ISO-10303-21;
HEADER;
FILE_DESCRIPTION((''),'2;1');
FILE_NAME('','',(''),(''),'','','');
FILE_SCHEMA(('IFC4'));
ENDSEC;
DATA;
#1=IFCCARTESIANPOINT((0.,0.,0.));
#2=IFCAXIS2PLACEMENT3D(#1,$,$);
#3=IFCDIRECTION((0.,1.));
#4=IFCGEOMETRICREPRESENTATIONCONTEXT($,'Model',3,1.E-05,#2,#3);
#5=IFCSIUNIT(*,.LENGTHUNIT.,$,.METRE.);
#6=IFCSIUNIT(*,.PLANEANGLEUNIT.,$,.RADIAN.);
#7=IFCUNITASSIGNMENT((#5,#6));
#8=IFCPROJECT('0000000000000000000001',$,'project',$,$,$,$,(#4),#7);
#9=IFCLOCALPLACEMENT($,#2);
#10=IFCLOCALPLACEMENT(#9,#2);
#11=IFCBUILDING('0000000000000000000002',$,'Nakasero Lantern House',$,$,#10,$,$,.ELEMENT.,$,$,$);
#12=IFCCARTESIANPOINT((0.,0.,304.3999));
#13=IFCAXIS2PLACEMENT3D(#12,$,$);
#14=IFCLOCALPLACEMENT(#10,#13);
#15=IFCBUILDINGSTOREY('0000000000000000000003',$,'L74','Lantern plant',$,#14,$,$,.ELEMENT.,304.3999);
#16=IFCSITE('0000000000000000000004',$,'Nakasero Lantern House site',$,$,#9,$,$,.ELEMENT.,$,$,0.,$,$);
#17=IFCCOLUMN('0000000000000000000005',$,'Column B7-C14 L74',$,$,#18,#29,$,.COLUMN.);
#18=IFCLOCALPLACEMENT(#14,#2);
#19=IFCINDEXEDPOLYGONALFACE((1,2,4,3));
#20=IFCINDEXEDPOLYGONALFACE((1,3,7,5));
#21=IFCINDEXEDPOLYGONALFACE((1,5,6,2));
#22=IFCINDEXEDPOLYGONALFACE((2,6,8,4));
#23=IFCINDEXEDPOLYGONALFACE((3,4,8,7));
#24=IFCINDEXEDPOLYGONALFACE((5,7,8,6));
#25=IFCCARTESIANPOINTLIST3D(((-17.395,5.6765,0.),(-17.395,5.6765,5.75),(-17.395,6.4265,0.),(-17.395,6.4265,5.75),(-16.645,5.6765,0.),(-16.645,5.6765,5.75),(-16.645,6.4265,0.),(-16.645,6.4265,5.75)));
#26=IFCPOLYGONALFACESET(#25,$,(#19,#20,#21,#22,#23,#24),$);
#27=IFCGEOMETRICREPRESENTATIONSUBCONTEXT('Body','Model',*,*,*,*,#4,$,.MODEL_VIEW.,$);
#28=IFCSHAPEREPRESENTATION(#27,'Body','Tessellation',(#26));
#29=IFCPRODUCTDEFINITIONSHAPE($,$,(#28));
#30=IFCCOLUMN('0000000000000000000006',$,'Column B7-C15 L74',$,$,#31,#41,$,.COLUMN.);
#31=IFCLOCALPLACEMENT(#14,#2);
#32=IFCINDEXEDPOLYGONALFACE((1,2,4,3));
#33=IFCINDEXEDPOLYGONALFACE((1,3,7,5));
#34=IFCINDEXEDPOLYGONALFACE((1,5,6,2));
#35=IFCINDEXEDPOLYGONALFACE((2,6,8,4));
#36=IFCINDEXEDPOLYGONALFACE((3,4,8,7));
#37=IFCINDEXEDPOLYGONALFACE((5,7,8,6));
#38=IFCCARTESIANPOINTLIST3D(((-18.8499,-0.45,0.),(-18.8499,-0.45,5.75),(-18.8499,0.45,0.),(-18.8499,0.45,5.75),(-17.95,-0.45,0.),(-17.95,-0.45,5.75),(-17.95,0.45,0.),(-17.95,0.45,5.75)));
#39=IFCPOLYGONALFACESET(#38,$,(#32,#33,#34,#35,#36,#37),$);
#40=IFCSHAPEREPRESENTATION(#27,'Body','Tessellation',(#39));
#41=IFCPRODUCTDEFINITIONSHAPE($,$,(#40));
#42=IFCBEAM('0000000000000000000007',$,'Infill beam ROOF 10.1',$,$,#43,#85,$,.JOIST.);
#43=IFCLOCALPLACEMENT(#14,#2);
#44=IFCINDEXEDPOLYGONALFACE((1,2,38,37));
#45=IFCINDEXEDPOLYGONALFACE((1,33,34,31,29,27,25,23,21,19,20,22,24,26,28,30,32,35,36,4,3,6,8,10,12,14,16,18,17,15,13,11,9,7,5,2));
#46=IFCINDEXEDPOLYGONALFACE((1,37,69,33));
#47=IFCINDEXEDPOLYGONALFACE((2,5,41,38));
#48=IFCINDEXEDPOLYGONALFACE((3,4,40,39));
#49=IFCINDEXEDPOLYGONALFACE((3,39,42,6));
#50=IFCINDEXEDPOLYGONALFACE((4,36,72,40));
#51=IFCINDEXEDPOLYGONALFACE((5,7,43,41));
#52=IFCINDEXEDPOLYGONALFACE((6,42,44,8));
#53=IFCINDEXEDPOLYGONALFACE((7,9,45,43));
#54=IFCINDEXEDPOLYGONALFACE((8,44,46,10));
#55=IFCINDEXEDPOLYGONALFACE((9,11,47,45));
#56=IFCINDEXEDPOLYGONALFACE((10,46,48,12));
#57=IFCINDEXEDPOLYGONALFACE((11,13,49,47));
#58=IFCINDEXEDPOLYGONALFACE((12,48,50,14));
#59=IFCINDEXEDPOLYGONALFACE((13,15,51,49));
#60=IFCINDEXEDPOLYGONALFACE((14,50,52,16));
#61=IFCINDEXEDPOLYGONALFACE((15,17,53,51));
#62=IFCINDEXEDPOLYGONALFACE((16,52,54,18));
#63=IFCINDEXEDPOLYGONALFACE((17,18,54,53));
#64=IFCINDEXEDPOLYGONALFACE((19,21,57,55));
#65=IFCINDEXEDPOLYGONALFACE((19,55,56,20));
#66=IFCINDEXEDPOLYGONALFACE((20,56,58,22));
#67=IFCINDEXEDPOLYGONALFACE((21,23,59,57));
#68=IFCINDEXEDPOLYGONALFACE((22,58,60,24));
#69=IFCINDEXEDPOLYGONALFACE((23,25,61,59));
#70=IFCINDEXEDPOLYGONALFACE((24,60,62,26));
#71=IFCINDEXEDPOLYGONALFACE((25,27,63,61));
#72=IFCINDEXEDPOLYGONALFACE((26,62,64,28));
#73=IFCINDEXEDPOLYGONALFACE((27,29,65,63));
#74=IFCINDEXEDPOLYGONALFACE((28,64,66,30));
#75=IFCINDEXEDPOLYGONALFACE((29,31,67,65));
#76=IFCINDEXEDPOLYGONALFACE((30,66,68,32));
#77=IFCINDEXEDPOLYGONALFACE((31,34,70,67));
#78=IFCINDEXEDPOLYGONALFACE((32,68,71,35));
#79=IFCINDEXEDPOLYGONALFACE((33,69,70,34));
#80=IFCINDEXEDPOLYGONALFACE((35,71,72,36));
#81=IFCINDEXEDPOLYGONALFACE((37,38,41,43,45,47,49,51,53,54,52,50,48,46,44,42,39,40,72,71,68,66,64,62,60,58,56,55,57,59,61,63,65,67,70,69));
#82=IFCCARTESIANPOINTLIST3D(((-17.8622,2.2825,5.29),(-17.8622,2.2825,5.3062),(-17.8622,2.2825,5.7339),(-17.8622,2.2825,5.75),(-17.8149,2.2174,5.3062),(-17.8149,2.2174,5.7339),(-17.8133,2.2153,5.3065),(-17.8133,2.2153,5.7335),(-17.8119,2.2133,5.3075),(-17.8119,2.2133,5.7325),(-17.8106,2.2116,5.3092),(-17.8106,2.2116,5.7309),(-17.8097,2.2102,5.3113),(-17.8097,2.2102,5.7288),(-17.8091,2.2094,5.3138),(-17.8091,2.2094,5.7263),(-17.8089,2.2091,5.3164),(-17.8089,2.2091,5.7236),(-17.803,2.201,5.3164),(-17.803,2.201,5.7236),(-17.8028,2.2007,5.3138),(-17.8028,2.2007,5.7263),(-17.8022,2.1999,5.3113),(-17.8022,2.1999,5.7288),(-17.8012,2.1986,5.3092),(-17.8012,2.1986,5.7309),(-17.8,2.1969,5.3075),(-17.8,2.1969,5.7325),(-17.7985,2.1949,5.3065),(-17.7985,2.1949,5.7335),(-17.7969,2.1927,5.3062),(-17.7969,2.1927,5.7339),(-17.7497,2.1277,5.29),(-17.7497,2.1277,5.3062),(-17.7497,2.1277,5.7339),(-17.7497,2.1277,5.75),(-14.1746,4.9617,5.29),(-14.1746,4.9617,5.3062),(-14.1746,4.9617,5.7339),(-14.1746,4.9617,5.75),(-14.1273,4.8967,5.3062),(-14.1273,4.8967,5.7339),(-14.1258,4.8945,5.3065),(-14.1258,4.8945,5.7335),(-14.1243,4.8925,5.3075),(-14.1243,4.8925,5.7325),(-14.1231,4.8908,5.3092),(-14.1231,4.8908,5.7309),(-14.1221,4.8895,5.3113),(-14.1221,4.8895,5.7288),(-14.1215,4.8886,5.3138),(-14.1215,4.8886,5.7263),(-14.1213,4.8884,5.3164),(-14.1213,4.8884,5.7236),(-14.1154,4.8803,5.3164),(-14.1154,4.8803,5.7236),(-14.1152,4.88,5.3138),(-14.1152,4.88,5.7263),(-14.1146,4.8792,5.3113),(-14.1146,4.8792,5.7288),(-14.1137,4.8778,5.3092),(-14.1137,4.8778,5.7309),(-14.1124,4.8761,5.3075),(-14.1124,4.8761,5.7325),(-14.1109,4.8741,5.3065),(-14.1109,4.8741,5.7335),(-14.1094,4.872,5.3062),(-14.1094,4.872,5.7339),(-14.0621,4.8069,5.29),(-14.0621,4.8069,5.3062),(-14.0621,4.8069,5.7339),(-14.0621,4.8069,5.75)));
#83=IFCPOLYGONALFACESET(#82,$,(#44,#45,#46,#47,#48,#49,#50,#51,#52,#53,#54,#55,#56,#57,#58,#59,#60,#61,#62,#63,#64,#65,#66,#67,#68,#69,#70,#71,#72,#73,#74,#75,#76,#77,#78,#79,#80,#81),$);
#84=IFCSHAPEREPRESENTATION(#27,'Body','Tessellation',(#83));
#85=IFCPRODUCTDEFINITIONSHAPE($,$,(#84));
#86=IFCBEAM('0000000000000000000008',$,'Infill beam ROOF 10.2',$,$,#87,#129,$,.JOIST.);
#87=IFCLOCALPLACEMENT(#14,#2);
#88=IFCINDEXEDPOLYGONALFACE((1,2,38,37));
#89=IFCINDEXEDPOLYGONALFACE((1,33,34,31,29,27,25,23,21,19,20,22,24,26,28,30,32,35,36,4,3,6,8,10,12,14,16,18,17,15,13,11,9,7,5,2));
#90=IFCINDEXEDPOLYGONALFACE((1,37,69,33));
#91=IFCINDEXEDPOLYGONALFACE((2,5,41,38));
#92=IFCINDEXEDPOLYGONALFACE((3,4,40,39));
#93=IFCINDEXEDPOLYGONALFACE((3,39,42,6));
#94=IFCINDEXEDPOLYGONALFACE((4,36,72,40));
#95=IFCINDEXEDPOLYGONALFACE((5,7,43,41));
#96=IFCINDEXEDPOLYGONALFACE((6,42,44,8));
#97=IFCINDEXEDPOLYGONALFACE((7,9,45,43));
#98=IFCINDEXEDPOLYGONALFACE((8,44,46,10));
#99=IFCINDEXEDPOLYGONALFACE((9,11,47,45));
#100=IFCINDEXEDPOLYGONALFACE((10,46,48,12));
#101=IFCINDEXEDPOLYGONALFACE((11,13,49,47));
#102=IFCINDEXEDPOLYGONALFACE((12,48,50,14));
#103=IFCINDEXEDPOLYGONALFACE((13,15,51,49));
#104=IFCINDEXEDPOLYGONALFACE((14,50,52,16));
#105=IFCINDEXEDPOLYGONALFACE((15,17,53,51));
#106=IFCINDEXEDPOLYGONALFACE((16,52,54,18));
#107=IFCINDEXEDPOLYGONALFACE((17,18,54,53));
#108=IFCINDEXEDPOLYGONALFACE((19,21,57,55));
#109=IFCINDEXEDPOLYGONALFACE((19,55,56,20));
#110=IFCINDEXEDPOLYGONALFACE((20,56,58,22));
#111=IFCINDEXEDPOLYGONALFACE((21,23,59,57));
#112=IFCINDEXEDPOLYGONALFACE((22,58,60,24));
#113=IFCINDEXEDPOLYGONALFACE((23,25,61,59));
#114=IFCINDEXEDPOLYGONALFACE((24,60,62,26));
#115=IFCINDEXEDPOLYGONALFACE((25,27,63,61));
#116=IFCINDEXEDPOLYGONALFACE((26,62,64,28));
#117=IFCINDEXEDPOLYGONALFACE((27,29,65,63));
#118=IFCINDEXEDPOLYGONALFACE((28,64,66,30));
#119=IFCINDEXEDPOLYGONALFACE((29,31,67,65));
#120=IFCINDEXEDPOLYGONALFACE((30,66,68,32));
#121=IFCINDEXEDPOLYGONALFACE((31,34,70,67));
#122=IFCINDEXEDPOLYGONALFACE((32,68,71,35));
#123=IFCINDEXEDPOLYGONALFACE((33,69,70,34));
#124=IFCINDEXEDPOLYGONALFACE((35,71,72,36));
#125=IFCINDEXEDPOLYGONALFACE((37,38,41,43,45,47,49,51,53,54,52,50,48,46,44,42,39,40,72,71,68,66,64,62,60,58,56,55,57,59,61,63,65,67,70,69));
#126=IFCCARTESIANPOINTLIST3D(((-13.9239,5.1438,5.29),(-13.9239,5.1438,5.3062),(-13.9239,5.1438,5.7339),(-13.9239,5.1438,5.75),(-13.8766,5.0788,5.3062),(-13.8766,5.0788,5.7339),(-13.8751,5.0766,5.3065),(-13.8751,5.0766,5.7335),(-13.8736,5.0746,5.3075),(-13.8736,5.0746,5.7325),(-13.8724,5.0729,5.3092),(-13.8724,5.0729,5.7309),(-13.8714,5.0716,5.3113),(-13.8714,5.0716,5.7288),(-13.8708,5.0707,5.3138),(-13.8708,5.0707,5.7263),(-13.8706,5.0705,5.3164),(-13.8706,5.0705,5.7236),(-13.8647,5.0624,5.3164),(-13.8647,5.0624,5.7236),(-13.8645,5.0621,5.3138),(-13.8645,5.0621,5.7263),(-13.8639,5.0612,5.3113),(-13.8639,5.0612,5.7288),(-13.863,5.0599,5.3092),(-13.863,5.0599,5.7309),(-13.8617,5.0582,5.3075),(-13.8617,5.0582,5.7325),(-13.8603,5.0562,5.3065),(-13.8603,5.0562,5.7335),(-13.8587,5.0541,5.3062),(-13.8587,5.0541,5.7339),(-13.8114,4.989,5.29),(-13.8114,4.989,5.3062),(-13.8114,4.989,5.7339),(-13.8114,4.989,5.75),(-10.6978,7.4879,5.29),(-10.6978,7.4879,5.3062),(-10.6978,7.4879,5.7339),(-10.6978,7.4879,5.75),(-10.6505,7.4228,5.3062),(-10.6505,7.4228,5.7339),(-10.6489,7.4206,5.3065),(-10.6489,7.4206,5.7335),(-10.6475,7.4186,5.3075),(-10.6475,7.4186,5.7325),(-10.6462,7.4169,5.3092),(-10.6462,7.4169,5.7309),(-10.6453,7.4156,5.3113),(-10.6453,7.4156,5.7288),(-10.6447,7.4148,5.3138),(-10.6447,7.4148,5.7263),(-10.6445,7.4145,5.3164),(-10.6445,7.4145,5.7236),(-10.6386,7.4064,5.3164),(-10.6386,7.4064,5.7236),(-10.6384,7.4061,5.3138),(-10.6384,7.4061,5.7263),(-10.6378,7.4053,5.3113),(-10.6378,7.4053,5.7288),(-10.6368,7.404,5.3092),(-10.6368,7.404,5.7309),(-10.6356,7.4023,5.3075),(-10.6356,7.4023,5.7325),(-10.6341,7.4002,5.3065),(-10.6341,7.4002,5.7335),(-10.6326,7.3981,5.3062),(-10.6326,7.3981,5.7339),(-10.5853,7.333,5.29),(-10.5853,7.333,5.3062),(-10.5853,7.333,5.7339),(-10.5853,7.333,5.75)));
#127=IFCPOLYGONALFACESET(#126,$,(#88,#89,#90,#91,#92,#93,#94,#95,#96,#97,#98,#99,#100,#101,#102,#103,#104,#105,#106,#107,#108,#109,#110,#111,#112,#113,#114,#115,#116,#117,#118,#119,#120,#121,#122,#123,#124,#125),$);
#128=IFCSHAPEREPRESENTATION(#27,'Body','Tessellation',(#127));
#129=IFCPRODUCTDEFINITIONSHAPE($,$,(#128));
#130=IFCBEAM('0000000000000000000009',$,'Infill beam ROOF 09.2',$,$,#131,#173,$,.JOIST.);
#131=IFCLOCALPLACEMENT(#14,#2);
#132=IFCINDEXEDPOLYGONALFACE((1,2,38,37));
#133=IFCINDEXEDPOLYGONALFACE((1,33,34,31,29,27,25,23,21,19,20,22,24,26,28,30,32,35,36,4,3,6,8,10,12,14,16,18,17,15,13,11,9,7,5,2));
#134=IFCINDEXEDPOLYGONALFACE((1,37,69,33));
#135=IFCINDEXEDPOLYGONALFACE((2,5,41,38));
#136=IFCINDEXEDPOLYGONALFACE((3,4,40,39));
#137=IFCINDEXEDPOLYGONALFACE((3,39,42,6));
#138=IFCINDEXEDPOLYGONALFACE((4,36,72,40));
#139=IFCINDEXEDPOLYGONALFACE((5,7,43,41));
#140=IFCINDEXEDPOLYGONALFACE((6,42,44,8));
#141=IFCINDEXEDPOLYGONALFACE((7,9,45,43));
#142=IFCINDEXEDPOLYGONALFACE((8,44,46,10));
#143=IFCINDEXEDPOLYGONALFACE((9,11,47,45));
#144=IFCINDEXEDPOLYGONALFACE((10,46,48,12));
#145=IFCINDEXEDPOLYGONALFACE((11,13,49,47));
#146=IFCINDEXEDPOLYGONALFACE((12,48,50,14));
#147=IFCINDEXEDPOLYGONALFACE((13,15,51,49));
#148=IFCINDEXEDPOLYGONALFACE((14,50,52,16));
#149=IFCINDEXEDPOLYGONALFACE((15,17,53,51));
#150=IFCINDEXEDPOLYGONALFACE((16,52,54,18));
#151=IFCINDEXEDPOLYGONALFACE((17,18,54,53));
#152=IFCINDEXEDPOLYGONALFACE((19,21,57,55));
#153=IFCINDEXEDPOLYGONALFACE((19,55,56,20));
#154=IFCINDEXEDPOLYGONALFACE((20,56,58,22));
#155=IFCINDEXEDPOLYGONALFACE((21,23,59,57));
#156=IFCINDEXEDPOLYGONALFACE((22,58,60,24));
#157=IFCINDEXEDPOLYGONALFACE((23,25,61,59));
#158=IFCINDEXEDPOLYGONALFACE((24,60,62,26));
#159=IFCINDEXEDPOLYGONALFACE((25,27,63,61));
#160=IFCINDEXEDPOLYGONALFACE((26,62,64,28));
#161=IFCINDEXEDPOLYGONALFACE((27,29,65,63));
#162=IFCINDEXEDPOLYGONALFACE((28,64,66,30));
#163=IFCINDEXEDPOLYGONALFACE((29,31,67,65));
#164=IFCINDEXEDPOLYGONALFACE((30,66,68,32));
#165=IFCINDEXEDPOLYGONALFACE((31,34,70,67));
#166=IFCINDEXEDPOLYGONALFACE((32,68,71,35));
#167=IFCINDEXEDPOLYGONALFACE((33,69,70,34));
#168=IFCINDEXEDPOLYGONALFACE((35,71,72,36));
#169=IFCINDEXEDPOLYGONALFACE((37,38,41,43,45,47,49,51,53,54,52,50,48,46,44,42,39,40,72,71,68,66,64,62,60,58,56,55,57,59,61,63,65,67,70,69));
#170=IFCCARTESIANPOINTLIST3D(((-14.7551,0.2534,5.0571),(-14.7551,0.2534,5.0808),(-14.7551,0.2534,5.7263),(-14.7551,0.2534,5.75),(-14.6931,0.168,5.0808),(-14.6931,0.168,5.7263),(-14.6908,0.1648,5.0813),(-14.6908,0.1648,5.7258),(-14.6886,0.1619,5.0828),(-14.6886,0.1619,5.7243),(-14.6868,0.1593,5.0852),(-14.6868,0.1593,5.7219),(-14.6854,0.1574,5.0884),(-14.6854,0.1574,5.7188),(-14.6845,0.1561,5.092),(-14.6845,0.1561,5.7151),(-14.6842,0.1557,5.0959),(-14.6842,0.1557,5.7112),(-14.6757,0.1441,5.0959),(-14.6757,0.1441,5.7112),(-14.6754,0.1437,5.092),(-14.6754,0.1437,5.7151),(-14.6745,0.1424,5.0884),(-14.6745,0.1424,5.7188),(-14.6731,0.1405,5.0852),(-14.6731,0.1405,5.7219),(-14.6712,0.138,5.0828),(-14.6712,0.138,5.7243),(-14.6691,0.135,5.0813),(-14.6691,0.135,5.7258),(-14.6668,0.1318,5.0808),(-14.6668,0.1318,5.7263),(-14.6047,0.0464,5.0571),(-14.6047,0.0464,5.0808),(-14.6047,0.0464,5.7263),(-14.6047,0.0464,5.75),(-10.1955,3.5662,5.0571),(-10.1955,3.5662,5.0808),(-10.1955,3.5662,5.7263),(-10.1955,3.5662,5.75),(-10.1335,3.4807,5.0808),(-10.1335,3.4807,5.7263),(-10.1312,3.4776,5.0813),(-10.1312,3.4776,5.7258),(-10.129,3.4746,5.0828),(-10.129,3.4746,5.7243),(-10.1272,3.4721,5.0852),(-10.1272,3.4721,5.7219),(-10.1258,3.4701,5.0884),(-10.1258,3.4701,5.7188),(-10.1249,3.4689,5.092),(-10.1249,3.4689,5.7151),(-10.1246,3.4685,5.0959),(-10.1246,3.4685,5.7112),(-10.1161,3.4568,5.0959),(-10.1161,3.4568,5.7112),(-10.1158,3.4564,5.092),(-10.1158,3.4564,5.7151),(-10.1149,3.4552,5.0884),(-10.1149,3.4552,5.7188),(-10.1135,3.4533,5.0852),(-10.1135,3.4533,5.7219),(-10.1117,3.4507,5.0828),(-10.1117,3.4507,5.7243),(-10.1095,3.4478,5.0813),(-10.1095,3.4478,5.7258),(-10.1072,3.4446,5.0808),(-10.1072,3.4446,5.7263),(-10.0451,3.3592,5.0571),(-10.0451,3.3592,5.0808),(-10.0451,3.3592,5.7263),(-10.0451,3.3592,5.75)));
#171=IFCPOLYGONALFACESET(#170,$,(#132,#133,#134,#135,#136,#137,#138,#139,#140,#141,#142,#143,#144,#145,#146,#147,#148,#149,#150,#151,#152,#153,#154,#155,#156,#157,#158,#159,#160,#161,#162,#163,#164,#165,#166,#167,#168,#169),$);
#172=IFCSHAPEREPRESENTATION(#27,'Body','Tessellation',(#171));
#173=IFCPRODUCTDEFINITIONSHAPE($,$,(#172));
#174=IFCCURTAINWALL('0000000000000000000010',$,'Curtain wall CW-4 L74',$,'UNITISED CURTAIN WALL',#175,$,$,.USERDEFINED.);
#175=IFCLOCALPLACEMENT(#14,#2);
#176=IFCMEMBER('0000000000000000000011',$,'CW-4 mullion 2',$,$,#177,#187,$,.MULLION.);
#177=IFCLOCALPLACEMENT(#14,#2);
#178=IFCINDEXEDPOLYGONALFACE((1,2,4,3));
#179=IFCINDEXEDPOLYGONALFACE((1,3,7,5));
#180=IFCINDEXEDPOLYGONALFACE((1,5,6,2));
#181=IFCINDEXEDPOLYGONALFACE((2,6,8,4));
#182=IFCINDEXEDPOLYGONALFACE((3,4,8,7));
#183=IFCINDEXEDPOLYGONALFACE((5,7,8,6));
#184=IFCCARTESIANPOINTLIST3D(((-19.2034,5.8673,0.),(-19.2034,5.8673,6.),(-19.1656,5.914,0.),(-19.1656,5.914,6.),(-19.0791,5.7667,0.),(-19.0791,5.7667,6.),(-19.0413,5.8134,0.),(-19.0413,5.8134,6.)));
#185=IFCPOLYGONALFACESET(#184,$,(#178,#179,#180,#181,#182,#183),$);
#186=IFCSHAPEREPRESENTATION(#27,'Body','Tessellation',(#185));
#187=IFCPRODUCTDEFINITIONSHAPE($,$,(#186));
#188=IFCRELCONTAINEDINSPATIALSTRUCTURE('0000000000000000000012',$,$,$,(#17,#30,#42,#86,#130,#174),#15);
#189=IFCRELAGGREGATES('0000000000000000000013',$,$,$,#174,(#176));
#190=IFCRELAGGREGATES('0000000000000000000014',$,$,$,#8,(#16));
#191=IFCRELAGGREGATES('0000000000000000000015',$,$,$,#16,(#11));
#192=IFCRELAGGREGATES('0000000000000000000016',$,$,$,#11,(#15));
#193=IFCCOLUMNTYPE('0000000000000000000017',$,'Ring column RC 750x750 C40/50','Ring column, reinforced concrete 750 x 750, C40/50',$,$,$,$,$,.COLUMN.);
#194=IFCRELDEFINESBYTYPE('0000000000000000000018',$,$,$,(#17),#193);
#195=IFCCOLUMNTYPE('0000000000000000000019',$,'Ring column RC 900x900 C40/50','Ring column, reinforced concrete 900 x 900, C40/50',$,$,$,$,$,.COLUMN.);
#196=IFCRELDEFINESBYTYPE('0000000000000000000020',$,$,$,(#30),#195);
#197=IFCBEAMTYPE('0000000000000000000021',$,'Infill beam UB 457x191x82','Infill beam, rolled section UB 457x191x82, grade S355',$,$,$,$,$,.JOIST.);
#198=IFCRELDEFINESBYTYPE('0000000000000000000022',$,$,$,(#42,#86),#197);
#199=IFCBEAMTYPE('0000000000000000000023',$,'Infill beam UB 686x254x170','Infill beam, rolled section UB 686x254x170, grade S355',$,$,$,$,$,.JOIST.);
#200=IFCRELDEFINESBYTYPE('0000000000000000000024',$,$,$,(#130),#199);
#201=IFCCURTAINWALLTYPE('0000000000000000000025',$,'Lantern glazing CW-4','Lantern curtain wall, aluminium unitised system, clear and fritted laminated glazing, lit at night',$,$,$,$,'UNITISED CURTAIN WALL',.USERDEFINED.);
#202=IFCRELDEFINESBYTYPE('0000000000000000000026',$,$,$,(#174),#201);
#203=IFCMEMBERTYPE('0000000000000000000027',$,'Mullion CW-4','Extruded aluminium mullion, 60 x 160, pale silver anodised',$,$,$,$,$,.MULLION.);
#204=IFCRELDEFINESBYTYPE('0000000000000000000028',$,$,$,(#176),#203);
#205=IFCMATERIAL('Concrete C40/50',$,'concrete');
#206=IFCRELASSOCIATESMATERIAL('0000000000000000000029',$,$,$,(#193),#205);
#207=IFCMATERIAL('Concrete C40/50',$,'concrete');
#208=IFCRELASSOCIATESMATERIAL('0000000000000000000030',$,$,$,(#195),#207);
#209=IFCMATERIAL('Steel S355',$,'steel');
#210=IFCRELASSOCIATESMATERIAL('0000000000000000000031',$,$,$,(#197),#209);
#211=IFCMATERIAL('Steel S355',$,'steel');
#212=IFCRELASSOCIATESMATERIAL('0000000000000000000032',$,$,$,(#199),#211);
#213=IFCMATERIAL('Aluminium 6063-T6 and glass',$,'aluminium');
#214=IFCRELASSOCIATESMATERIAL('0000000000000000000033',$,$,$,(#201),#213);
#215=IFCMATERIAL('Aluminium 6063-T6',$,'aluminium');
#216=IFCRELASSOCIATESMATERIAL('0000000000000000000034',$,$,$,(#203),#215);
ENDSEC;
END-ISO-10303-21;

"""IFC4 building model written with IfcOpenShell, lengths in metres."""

from ifc_helpers import new_model, si_unit, direction, frame, origin, origin_2d, place, context, subcontext, project, spatial, rectangle, i_section, extrude, material, material_profile, profile_set, type_object, element, aggregate, save


model = new_model("IFC4")

# Units and contexts
model_context = context("Model", 3, precision=1e-05, world=origin(), true_north=direction((0.0, 1.0)))
body_context = subcontext(model_context, "Body", "Model", "MODEL_VIEW")
ifc_project = project(units=[si_unit("LENGTHUNIT", "METRE"), si_unit("PLANEANGLEUNIT", "RADIAN")], contexts=[model_context])

# Site, building, storey
site_placement = place(None, origin())
site = spatial("IfcSite", under=ifc_project, at=site_placement, Name="Nakasero Lantern House site", CompositionType="ELEMENT", RefElevation=0.0)
building_placement = place(site_placement, origin())
building = spatial("IfcBuilding", under=site, at=building_placement, Name="Nakasero Lantern House", CompositionType="ELEMENT")
storey_placement = place(building_placement, frame((0.0, 0.0, 304.3999)))
storey = spatial("IfcBuildingStorey", under=building, at=storey_placement, Name="L74", Description="Lantern plant", CompositionType="ELEMENT", Elevation=304.3999)

# Columns
ifc_material_1 = material(Name="Concrete C40/50", Category="concrete")
ifc_material_profile_1 = material_profile(ifc_material_1, rectangle(XDim=0.75, YDim=0.75, at=origin_2d()), Name="RC 750x750")
ifc_profile_set_1 = profile_set([ifc_material_profile_1], Name="Concrete C40/50")
column_type_1 = type_object("IfcColumnType", Name="Ring column RC 750x750 C40/50", Description="Ring column, reinforced concrete 750 x 750, C40/50", PredefinedType="COLUMN", material=ifc_profile_set_1)
column_1_placement = place(storey_placement, frame((-17.02, 6.0515, 0.0), z_axis=(0.0, 0.0, 1.0), x_axis=(1.0, 0.0, 0.0)))
element("IfcColumn", 1, at=column_1_placement, inside=storey, type_object=column_type_1, Name="Column B7-C14 L74", PredefinedType="COLUMN", context=body_context, shape_type="SweptSolid", body=[
    extrude(rectangle(XDim=0.75, YDim=0.75, at=origin_2d()), origin(), (0.0, 0.0, 1.0), 5.75),
])
ifc_material_2 = material(Name="Concrete C40/50", Category="concrete")
ifc_material_profile_2 = material_profile(ifc_material_2, rectangle(XDim=0.8999, YDim=0.8999, at=origin_2d()), Name="RC 900x900")
ifc_profile_set_2 = profile_set([ifc_material_profile_2], Name="Concrete C40/50")
column_type_2 = type_object("IfcColumnType", Name="Ring column RC 900x900 C40/50", Description="Ring column, reinforced concrete 900 x 900, C40/50", PredefinedType="COLUMN", material=ifc_profile_set_2)
column_2_placement = place(storey_placement, frame((-18.3999, 0.0, 0.0), z_axis=(0.0, 0.0, 1.0), x_axis=(1.0, 0.0, 0.0)))
element("IfcColumn", 2, at=column_2_placement, inside=storey, type_object=column_type_2, Name="Column B7-C15 L74", PredefinedType="COLUMN", context=body_context, shape_type="SweptSolid", body=[
    extrude(rectangle(XDim=0.8999, YDim=0.8999, at=origin_2d()), origin(), (0.0, 0.0, 1.0), 5.75),
])

# Beams
ifc_material_3 = material(Name="Steel S355", Category="steel")
ifc_material_profile_3 = material_profile(ifc_material_3, i_section(OverallWidth=0.1914, OverallDepth=0.46, WebThickness=0.01, FlangeThickness=0.0161, FilletRadius=0.0103, at=origin_2d()), Name="UB 457x191x82")
ifc_profile_set_3 = profile_set([ifc_material_profile_3], Name="Steel S355")
beam_type_1 = type_object("IfcBeamType", Name="Infill beam UB 457x191x82", Description="Infill beam, rolled section UB 457x191x82, grade S355", PredefinedType="JOIST", material=ifc_profile_set_3)
beam_1_placement = place(storey_placement, frame((-17.8059, 2.2051, 5.52), z_axis=(0.809009, 0.587796, 0.0), x_axis=(-0.587796, 0.809009, 0.0)))
element("IfcBeam", 3, at=beam_1_placement, inside=storey, type_object=beam_type_1, Name="Infill beam ROOF 10.1", PredefinedType="JOIST", context=body_context, shape_type="SweptSolid", body=[
    extrude(i_section(OverallWidth=0.1914, OverallDepth=0.46, WebThickness=0.01, FlangeThickness=0.0161, FilletRadius=0.0103, at=origin_2d()), origin(), (0.0, 0.0, 1.0), 4.5581),
])
beam_2_placement = place(storey_placement, frame((-13.8677, 5.0664, 5.52), z_axis=(0.809003, 0.587804, 0.0), x_axis=(-0.587804, 0.809003, 0.0)))
element("IfcBeam", 4, at=beam_2_placement, inside=storey, type_object=beam_type_1, Name="Infill beam ROOF 10.2", PredefinedType="JOIST", context=body_context, shape_type="SweptSolid", body=[
    extrude(i_section(OverallWidth=0.1914, OverallDepth=0.46, WebThickness=0.01, FlangeThickness=0.0161, FilletRadius=0.0103, at=origin_2d()), origin(), (0.0, 0.0, 1.0), 3.9878),
])
ifc_material_4 = material(Name="Steel S355", Category="steel")
ifc_material_profile_4 = material_profile(ifc_material_4, i_section(OverallWidth=0.2559, OverallDepth=0.6929, WebThickness=0.0144, FlangeThickness=0.0237, FilletRadius=0.0151, at=origin_2d()), Name="UB 686x254x170")
ifc_profile_set_4 = profile_set([ifc_material_profile_4], Name="Steel S355")
beam_type_2 = type_object("IfcBeamType", Name="Infill beam UB 686x254x170", Description="Infill beam, rolled section UB 686x254x170, grade S355", PredefinedType="JOIST", material=ifc_profile_set_4)
beam_3_placement = place(storey_placement, frame((-14.6799, 0.1499, 5.4036), z_axis=(0.809015, 0.587788, 0.0), x_axis=(-0.587788, 0.809015, 0.0)))
element("IfcBeam", 5, at=beam_3_placement, inside=storey, type_object=beam_type_2, Name="Infill beam ROOF 09.2", PredefinedType="JOIST", context=body_context, shape_type="SweptSolid", body=[
    extrude(i_section(OverallWidth=0.2559, OverallDepth=0.6929, WebThickness=0.0144, FlangeThickness=0.0237, FilletRadius=0.0151, at=origin_2d()), origin(), (0.0, 0.0, 1.0), 5.636),
])

# Curtain wall, member
ifc_material_5 = material(Name="Aluminium 6063-T6 and glass", Category="aluminium")
curtain_wall_type = type_object("IfcCurtainWallType", Name="Lantern glazing CW-4", Description="Lantern curtain wall, aluminium unitised system, clear and fritted laminated glazing, lit at night", ElementType="UNITISED CURTAIN WALL", PredefinedType="USERDEFINED", material=ifc_material_5)
curtain_wall_1_placement = place(storey_placement, origin())
curtain_wall_1 = element("IfcCurtainWall", 6, at=curtain_wall_1_placement, inside=storey, type_object=curtain_wall_type, Name="Curtain wall CW-4 L74", ObjectType="UNITISED CURTAIN WALL", PredefinedType="USERDEFINED")
ifc_material_6 = material(Name="Aluminium 6063-T6", Category="aluminium")
ifc_material_profile_5 = material_profile(ifc_material_6, rectangle(XDim=0.0601, YDim=0.1599, at=origin_2d()), Name="CW-4 mullion 60x160")
ifc_profile_set_5 = profile_set([ifc_material_profile_5], Name="Aluminium 6063-T6")
member_type_1 = type_object("IfcMemberType", Name="Mullion CW-4", Description="Extruded aluminium mullion, 60 x 160, pale silver anodised", PredefinedType="MULLION", material=ifc_profile_set_5)
member_1_placement = place(storey_placement, frame((-19.1223, 5.8403, 0.0), z_axis=(0.0, 0.0, 1.0), x_axis=(-0.62932, -0.777146, 0.0)))
member_1 = element("IfcMember", 7, at=member_1_placement, type_object=member_type_1, Name="CW-4 mullion 2", PredefinedType="MULLION", context=body_context, shape_type="SweptSolid", body=[
    extrude(rectangle(XDim=0.0601, YDim=0.1599, at=origin_2d()), origin(), (0.0, 0.0, 1.0), 6.0),
])

aggregate(curtain_wall_1, [member_1])

save(model, "model.ifc")
